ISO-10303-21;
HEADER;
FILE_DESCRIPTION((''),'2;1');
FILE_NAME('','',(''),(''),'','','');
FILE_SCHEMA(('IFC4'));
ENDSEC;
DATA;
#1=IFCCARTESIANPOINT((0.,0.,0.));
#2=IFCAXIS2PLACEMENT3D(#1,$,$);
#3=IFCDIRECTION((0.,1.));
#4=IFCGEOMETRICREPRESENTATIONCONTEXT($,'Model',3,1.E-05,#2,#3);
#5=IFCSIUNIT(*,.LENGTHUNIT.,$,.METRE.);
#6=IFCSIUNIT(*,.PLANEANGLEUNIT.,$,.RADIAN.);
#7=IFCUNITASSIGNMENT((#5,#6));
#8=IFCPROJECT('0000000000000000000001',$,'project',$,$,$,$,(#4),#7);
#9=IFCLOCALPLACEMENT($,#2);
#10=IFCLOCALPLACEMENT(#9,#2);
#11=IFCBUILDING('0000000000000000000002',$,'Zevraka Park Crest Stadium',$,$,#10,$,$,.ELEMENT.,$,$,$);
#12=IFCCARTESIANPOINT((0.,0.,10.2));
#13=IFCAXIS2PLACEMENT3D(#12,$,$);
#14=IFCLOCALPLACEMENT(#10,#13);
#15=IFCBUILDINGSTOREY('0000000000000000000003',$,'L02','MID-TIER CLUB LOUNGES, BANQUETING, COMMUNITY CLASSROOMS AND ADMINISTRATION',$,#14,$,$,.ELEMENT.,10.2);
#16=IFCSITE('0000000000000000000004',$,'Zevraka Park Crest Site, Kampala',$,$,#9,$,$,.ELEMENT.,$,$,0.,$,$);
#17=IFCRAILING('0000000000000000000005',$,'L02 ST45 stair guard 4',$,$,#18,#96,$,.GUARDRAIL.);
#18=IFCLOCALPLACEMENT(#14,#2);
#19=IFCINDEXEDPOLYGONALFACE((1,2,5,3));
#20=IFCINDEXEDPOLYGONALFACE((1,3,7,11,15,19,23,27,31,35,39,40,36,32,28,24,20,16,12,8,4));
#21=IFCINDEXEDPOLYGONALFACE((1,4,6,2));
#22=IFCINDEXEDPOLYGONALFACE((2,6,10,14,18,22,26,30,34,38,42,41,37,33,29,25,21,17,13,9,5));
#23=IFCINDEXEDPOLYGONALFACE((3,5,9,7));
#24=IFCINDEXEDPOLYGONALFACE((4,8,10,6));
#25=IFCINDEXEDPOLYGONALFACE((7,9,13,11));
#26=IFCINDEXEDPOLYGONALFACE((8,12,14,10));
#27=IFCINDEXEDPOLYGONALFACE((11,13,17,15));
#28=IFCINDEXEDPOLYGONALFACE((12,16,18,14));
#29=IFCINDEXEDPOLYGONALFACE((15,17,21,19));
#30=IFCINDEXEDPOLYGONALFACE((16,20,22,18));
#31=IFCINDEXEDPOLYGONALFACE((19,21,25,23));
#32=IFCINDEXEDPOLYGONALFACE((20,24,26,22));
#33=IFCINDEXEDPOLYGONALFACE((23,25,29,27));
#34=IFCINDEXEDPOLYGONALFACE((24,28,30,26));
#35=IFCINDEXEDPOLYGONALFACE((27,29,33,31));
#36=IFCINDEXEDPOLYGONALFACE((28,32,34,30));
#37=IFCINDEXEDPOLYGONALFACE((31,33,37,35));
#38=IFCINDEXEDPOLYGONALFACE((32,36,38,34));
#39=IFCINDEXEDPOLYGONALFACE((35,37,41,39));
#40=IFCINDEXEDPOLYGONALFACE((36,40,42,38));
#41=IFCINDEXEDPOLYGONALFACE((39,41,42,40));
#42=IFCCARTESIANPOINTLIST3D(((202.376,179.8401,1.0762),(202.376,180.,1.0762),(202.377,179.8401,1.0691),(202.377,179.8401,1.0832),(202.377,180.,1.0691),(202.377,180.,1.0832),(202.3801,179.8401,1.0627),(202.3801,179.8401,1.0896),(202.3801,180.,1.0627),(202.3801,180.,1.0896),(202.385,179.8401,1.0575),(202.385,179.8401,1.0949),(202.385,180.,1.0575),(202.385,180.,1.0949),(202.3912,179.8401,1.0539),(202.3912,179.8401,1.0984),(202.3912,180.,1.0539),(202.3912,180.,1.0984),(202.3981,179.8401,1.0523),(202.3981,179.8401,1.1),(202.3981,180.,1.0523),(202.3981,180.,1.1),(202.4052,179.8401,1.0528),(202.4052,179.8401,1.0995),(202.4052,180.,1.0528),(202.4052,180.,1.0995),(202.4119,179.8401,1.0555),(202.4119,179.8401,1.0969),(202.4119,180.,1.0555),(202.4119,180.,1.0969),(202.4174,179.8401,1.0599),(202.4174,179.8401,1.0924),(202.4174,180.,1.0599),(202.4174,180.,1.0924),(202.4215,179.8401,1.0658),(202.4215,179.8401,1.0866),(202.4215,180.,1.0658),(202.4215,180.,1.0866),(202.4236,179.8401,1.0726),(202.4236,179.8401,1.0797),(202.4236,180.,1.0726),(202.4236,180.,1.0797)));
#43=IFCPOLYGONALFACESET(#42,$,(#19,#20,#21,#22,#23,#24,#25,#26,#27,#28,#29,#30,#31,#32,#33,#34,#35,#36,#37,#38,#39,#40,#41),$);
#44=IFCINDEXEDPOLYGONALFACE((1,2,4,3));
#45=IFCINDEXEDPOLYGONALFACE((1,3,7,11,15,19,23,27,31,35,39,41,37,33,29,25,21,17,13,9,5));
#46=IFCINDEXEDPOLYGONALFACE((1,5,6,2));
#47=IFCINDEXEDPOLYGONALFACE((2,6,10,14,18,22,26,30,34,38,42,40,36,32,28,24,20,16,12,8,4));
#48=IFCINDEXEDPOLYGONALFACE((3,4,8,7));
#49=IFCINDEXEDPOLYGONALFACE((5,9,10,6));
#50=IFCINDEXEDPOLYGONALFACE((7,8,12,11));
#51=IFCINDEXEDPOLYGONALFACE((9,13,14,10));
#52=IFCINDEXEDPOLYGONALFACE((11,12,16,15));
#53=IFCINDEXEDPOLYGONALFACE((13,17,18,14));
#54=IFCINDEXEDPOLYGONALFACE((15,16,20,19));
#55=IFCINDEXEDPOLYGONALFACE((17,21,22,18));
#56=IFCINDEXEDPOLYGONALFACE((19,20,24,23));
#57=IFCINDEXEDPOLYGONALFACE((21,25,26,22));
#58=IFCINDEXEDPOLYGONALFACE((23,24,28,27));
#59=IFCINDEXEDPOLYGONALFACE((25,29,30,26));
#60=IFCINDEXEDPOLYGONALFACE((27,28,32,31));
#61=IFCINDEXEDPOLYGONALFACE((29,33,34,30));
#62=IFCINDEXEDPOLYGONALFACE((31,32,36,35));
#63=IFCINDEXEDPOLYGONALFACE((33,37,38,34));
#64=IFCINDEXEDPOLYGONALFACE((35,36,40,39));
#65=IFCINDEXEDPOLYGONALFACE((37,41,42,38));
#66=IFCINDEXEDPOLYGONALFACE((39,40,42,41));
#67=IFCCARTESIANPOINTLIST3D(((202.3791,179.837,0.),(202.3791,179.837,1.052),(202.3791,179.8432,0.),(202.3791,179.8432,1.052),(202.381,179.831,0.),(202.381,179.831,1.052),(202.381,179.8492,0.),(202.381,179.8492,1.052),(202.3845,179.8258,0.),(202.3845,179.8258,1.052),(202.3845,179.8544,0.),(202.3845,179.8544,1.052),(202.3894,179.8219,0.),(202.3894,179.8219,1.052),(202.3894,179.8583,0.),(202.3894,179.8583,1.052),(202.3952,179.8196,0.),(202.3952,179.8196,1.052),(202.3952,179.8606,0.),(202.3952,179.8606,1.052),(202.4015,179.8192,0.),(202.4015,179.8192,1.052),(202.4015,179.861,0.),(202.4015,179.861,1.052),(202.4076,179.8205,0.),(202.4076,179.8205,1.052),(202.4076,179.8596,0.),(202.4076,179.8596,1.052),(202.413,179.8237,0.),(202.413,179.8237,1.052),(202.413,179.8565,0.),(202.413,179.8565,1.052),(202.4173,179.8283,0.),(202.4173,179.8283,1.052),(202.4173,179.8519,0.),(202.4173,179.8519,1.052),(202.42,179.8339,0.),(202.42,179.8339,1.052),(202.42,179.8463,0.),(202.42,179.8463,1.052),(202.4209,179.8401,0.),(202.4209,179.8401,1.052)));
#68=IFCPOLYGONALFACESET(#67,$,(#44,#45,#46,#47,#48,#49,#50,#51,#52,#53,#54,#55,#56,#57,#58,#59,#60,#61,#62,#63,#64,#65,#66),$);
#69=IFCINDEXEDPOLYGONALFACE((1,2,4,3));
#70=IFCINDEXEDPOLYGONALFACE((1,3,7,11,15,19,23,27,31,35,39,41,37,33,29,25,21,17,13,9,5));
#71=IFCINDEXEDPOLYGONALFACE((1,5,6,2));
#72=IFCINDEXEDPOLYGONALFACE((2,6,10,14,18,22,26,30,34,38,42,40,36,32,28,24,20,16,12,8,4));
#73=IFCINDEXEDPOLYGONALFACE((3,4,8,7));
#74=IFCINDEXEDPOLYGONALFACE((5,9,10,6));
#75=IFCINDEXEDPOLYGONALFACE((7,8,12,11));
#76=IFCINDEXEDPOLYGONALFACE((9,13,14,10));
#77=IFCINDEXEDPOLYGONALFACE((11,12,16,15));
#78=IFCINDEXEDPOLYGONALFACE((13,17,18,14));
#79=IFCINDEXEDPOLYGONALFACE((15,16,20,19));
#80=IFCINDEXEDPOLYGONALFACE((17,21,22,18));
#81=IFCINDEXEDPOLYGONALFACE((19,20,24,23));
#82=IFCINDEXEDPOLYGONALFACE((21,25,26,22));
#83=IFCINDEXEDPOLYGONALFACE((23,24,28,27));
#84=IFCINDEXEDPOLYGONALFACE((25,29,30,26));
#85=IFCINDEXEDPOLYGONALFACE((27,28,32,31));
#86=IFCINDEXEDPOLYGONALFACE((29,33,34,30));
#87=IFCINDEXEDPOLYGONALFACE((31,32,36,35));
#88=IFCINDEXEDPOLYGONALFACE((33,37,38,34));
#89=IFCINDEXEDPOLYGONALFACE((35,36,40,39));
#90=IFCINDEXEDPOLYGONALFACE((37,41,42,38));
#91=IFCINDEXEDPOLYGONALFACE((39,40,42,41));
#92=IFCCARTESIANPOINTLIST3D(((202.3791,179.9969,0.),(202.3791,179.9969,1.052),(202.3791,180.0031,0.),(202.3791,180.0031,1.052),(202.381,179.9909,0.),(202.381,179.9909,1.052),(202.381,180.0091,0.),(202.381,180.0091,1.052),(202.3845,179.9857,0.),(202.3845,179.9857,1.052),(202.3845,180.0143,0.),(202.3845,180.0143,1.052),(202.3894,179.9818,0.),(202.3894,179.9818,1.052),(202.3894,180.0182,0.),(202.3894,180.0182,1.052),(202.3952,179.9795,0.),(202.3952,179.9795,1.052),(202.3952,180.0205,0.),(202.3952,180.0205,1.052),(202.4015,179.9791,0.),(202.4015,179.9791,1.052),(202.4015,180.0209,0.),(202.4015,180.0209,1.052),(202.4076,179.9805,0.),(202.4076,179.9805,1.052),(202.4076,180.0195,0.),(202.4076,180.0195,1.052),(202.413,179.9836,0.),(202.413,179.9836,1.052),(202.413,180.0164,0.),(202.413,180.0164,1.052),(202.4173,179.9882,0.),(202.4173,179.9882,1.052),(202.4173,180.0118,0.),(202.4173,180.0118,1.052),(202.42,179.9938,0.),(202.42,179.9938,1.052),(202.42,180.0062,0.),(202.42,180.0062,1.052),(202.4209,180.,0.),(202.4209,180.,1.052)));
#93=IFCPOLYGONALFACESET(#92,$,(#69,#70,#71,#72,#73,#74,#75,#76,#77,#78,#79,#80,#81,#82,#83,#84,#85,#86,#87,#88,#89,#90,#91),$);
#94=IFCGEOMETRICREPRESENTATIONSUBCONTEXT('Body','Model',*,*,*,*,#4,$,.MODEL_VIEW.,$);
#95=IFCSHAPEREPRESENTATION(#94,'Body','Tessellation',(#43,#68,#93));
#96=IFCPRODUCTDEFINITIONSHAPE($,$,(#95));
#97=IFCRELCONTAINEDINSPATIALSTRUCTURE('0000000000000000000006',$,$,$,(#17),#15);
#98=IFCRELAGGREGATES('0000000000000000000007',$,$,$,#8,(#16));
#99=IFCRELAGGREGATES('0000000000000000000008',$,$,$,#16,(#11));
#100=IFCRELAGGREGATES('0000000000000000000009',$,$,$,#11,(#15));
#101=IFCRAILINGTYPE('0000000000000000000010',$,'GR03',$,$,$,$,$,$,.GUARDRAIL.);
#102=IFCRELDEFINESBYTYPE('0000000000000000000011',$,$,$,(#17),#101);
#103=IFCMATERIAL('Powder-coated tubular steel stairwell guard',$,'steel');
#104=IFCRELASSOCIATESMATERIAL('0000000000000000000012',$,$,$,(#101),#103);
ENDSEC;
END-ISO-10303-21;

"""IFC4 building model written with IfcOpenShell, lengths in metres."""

from ifc_helpers import new_model, si_unit, direction, frame, origin, origin_2d, place, context, subcontext, project, spatial, circle, extrude, material, type_object, element, save


model = new_model("IFC4")

# Units and contexts
model_context = context("Model", 3, precision=1e-05, world=origin(), true_north=direction((0.0, 1.0)))
body_context = subcontext(model_context, "Body", "Model", "MODEL_VIEW")
ifc_project = project(units=[si_unit("LENGTHUNIT", "METRE"), si_unit("PLANEANGLEUNIT", "RADIAN")], contexts=[model_context])

# Site, building, storey
site_placement = place(None, origin())
site = spatial("IfcSite", under=ifc_project, at=site_placement, Name="Zevraka Park Crest Site, Kampala", CompositionType="ELEMENT", RefElevation=0.0)
building_placement = place(site_placement, origin())
building = spatial("IfcBuilding", under=site, at=building_placement, Name="Zevraka Park Crest Stadium", CompositionType="ELEMENT")
storey_placement = place(building_placement, frame((0.0, 0.0, 10.2)))
storey = spatial("IfcBuildingStorey", under=building, at=storey_placement, Name="L02", Description="MID-TIER CLUB LOUNGES, BANQUETING, COMMUNITY CLASSROOMS AND ADMINISTRATION", CompositionType="ELEMENT", Elevation=10.2)

# Railing
ifc_material_1 = material(Name="Powder-coated tubular steel stairwell guard", Category="steel")
railing_type_1 = type_object("IfcRailingType", Name="GR03", PredefinedType="GUARDRAIL", material=ifc_material_1)
railing_1_placement = place(storey_placement, frame((202.3999, 179.8401, 0.0)))
element("IfcRailing", 1, at=railing_1_placement, inside=storey, type_object=railing_type_1, Name="L02 ST45 stair guard 4", PredefinedType="GUARDRAIL", context=body_context, shape_type="SweptSolid", body=[
    extrude(circle(Radius=0.0239, at=origin_2d()), frame((0.0, 0.0, 1.0762), z_axis=(0.0, 1.0, 0.0), x_axis=(-1.0, 0.0, 0.0)), (0.0, 0.0, 1.0), 0.1599),
    extrude(circle(Radius=0.021, at=origin_2d()), origin(), (0.0, 0.0, 1.0), 1.052),
    extrude(circle(Radius=0.021, at=origin_2d()), frame((0.0, 0.1599, 0.0)), (0.0, 0.0, 1.0), 1.052),
])

save(model, "model.ifc")
